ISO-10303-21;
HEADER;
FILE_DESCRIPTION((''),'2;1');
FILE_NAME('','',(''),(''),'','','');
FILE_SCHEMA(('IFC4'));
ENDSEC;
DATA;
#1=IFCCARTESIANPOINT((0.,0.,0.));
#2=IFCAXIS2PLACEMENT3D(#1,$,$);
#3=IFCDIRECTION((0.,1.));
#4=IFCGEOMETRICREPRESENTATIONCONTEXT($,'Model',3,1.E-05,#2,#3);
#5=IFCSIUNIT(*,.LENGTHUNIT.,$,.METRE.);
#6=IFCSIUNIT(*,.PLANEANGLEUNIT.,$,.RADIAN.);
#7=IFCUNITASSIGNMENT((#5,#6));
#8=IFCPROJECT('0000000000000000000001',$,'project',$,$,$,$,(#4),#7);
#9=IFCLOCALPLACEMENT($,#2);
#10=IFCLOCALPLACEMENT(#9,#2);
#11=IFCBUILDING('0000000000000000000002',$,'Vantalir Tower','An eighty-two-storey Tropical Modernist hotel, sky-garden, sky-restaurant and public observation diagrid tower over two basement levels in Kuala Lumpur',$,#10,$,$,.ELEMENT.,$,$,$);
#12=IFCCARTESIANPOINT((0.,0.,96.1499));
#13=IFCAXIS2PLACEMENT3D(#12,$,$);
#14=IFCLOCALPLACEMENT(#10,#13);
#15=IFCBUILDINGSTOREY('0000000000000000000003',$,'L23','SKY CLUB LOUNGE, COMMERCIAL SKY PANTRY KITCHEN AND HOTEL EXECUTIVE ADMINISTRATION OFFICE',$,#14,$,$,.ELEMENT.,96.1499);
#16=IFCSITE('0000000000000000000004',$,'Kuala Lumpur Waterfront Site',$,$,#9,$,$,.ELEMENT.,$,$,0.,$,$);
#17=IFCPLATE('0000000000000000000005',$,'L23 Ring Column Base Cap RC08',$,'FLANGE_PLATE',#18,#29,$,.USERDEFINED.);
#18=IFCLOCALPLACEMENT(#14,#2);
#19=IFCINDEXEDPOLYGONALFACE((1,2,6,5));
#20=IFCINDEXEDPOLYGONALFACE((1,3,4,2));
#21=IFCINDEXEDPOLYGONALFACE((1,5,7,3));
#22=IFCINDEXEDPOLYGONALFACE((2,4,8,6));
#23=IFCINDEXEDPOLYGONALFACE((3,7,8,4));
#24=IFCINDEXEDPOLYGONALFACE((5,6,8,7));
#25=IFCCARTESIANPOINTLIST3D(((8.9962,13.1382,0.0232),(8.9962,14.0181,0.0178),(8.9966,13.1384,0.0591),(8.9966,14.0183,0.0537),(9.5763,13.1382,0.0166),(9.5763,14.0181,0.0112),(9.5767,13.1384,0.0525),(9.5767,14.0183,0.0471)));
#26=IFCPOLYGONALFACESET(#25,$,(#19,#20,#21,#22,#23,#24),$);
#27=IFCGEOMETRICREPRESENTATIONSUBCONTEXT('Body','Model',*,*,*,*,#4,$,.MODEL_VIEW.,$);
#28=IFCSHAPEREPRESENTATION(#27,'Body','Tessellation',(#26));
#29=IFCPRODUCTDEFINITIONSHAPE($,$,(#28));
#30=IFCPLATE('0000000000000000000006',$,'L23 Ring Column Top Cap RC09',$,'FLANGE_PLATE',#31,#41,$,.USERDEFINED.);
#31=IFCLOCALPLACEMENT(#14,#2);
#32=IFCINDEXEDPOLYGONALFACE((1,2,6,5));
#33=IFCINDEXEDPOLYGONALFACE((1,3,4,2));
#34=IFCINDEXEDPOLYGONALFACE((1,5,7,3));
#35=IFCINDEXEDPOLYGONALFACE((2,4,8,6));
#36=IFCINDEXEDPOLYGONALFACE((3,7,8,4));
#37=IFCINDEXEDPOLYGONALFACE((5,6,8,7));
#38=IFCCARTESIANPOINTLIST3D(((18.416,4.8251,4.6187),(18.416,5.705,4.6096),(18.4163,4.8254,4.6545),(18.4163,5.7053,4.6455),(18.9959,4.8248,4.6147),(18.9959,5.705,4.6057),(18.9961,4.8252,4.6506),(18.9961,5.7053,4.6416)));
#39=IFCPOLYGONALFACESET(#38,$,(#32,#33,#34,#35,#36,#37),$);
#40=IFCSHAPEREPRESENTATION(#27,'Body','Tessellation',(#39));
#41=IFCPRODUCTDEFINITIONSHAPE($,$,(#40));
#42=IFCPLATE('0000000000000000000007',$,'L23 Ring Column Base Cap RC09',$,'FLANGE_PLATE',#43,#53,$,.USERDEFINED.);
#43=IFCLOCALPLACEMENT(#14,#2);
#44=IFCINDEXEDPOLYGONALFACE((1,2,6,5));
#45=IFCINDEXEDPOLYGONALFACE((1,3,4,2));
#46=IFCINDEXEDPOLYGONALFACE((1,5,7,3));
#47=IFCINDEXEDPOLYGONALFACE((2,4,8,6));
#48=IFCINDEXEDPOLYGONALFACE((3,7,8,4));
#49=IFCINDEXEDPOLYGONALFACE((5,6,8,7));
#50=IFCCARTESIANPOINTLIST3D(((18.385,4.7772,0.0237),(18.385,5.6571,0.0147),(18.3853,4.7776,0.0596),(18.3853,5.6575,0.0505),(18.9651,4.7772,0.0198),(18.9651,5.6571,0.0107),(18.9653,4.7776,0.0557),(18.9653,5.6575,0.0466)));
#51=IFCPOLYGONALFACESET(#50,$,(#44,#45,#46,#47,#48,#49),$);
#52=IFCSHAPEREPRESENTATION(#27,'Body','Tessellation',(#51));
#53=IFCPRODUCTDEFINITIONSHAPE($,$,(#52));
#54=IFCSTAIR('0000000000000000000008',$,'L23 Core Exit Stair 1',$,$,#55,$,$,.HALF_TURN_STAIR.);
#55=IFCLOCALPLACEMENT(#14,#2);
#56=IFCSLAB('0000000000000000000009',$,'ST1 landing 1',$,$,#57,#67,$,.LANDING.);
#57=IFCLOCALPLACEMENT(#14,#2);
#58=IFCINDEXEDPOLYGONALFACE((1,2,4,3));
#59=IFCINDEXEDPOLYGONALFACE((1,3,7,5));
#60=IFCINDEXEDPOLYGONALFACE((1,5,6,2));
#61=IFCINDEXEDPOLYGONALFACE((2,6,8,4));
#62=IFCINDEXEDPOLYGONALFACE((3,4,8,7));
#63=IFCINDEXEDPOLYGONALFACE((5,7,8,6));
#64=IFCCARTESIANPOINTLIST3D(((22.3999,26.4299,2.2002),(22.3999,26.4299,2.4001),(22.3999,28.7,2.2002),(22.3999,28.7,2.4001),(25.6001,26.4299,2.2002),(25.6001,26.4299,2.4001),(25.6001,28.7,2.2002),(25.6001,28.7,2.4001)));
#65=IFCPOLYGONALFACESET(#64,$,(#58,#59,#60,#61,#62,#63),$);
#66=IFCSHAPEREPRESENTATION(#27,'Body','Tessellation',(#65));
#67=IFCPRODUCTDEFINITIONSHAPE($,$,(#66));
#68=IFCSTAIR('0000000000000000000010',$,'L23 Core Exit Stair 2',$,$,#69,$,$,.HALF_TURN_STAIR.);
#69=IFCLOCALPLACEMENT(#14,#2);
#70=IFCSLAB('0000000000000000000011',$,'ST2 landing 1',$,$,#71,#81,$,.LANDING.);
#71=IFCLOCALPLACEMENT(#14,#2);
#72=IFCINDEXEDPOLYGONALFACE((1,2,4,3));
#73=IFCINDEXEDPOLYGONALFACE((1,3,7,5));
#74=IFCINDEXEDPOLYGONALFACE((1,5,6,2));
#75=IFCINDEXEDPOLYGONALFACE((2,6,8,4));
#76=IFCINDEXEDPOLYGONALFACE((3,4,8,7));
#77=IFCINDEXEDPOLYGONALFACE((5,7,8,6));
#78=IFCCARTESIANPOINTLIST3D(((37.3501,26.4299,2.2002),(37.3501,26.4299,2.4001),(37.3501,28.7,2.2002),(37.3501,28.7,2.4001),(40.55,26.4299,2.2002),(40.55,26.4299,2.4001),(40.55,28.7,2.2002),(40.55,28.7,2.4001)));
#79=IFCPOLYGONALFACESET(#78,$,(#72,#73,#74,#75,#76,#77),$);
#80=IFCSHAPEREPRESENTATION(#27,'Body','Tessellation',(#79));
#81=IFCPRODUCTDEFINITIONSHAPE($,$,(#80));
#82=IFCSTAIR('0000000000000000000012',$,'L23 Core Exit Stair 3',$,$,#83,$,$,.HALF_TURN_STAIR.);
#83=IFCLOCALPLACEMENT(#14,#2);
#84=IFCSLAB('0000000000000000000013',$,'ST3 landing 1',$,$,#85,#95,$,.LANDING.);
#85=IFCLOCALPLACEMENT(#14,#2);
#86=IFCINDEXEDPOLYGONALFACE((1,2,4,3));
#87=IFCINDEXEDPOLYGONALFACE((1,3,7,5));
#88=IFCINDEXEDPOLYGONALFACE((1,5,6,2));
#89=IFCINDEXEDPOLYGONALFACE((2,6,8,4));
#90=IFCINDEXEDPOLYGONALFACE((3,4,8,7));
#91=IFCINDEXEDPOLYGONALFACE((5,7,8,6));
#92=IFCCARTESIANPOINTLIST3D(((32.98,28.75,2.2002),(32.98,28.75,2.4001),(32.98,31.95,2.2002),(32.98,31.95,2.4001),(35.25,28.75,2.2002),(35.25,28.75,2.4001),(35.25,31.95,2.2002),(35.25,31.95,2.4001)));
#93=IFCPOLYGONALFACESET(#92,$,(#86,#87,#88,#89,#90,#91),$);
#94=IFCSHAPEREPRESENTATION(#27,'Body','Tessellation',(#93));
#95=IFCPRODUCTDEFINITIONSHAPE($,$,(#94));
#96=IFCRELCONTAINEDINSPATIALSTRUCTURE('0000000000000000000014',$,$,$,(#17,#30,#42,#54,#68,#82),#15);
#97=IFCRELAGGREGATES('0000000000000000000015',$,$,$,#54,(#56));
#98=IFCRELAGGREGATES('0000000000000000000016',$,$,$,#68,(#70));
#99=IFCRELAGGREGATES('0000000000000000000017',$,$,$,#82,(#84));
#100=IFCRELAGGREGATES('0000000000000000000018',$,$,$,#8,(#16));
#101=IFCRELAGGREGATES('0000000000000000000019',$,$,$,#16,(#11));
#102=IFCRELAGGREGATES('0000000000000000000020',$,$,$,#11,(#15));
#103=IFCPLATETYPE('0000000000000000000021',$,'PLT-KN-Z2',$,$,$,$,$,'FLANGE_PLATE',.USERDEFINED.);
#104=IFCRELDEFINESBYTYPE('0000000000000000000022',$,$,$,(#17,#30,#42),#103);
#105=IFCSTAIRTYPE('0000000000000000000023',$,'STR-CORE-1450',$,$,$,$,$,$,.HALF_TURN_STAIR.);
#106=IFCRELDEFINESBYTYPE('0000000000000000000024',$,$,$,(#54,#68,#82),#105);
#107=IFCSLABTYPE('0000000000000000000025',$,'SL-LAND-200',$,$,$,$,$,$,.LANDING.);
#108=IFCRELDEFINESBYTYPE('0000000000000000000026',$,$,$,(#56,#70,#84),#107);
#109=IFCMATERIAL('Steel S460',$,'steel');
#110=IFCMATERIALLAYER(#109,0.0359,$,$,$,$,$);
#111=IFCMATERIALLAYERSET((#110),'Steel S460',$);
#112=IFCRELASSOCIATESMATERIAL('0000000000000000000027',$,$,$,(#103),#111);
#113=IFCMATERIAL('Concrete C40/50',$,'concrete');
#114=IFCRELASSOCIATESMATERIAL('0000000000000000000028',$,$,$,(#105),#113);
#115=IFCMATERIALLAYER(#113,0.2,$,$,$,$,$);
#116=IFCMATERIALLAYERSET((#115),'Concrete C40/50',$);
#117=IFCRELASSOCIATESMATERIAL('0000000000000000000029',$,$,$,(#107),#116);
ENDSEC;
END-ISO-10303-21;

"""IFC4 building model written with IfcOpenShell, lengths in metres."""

from ifc_helpers import new_model, si_unit, direction, frame, origin, place, context, subcontext, project, spatial, polyline, outline, extrude, material, layer, layer_set, type_object, element, aggregate, save


model = new_model("IFC4")

# Units and contexts
model_context = context("Model", 3, precision=1e-05, world=origin(), true_north=direction((0.0, 1.0)))
body_context = subcontext(model_context, "Body", "Model", "MODEL_VIEW")
ifc_project = project(units=[si_unit("LENGTHUNIT", "METRE"), si_unit("PLANEANGLEUNIT", "RADIAN")], contexts=[model_context])

# Site, building, storey
site_placement = place(None, origin())
site = spatial("IfcSite", under=ifc_project, at=site_placement, Name="Kuala Lumpur Waterfront Site", CompositionType="ELEMENT", RefElevation=0.0)
building_placement = place(site_placement, origin())
building = spatial("IfcBuilding", under=site, at=building_placement, Name="Vantalir Tower", Description="An eighty-two-storey Tropical Modernist hotel, sky-garden, sky-restaurant and public observation diagrid tower over two basement levels in Kuala Lumpur", CompositionType="ELEMENT")
storey_placement = place(building_placement, frame((0.0, 0.0, 96.1499)))
storey = spatial("IfcBuildingStorey", under=building, at=storey_placement, Name="L23", Description="SKY CLUB LOUNGE, COMMERCIAL SKY PANTRY KITCHEN AND HOTEL EXECUTIVE ADMINISTRATION OFFICE", CompositionType="ELEMENT", Elevation=96.1499)

# Shared definitions
ifc_material_1 = material(Name="Steel S460", Category="steel")

# Plates
ifc_layer_1 = layer(ifc_material_1, 0.0359)
ifc_layer_set_1 = layer_set([ifc_layer_1], Name="Steel S460")
plate_type_1 = type_object("IfcPlateType", Name="PLT-KN-Z2", ElementType="FLANGE_PLATE", PredefinedType="USERDEFINED", material=ifc_layer_set_1)
plate_1_placement = place(storey_placement, frame((8.9966, 14.0183, 0.0537), z_axis=(0.011363, 0.006104, 0.999917), x_axis=(0.0, -0.999981, 0.006104)))
element("IfcPlate", 1, at=plate_1_placement, inside=storey, type_object=plate_type_1, Name="L23 Ring Column Base Cap RC08", ObjectType="FLANGE_PLATE", PredefinedType="USERDEFINED", context=body_context, shape_type="SweptSolid", body=[
    extrude(outline(polyline([(0.0, 0.0), (0.8799, 0.0), (0.8799, 0.5801), (0.0, 0.5801), (0.0, 0.0)])), origin(), (0.0, 0.0, -1.0), 0.0359),
])
plate_2_placement = place(storey_placement, frame((18.4163, 5.7053, 4.6455), z_axis=(0.006738, 0.010264, 0.999925), x_axis=(0.0, -0.999947, 0.010264)))
element("IfcPlate", 2, at=plate_2_placement, inside=storey, type_object=plate_type_1, Name="L23 Ring Column Top Cap RC09", ObjectType="FLANGE_PLATE", PredefinedType="USERDEFINED", context=body_context, shape_type="SweptSolid", body=[
    extrude(outline(polyline([(0.0, 0.0), (0.8799, 0.0), (0.8801, 0.5798), (0.0, 0.5798), (0.0, 0.0)])), origin(), (0.0, 0.0, -1.0), 0.0359),
])
plate_3_placement = place(storey_placement, frame((18.3853, 5.6575, 0.0505), z_axis=(0.006733, 0.010266, 0.999925), x_axis=(0.0, -0.999947, 0.010266)))
element("IfcPlate", 3, at=plate_3_placement, inside=storey, type_object=plate_type_1, Name="L23 Ring Column Base Cap RC09", ObjectType="FLANGE_PLATE", PredefinedType="USERDEFINED", context=body_context, shape_type="SweptSolid", body=[
    extrude(outline(polyline([(0.0, 0.0), (0.8799, 0.0), (0.8799, 0.5801), (0.0, 0.5801), (0.0, 0.0)])), origin(), (0.0, 0.0, -1.0), 0.0359),
])

# Stairs, slabs
ifc_material_2 = material(Name="Concrete C40/50", Category="concrete")
stair_type = type_object("IfcStairType", Name="STR-CORE-1450", PredefinedType="HALF_TURN_STAIR", material=ifc_material_2)
stair_1_placement = place(storey_placement, origin())
stair_1 = element("IfcStair", 4, at=stair_1_placement, inside=storey, type_object=stair_type, Name="L23 Core Exit Stair 1", PredefinedType="HALF_TURN_STAIR")
ifc_layer_2 = layer(ifc_material_2, 0.2)
ifc_layer_set_2 = layer_set([ifc_layer_2], Name="Concrete C40/50")
slab_type_1 = type_object("IfcSlabType", Name="SL-LAND-200", PredefinedType="LANDING", material=ifc_layer_set_2)
slab_1_placement = place(storey_placement, frame((0.0, 0.0, 2.2002)))
slab_1 = element("IfcSlab", 5, at=slab_1_placement, type_object=slab_type_1, Name="ST1 landing 1", PredefinedType="LANDING", context=body_context, shape_type="SweptSolid", body=[
    extrude(outline(polyline([(25.6001, 26.4299), (25.6001, 28.7), (22.3999, 28.7), (22.3999, 26.4299), (25.6001, 26.4299)])), origin(), (0.0, 0.0, 1.0), 0.2),
])
aggregate(stair_1, [slab_1])
stair_2_placement = place(storey_placement, origin())
stair_2 = element("IfcStair", 6, at=stair_2_placement, inside=storey, type_object=stair_type, Name="L23 Core Exit Stair 2", PredefinedType="HALF_TURN_STAIR")
slab_2_placement = place(storey_placement, frame((0.0, 0.0, 2.2002)))
slab_2 = element("IfcSlab", 7, at=slab_2_placement, type_object=slab_type_1, Name="ST2 landing 1", PredefinedType="LANDING", context=body_context, shape_type="SweptSolid", body=[
    extrude(outline(polyline([(40.55, 26.4299), (40.55, 28.7), (37.3501, 28.7), (37.3501, 26.4299), (40.55, 26.4299)])), origin(), (0.0, 0.0, 1.0), 0.2),
])
aggregate(stair_2, [slab_2])
stair_3_placement = place(storey_placement, origin())
stair_3 = element("IfcStair", 8, at=stair_3_placement, inside=storey, type_object=stair_type, Name="L23 Core Exit Stair 3", PredefinedType="HALF_TURN_STAIR")
slab_3_placement = place(storey_placement, frame((0.0, 0.0, 2.2002)))
slab_3 = element("IfcSlab", 9, at=slab_3_placement, type_object=slab_type_1, Name="ST3 landing 1", PredefinedType="LANDING", context=body_context, shape_type="SweptSolid", body=[
    extrude(outline(polyline([(32.98, 28.75), (35.25, 28.75), (35.25, 31.95), (32.98, 31.95), (32.98, 28.75)])), origin(), (0.0, 0.0, 1.0), 0.2),
])
aggregate(stair_3, [slab_3])

save(model, "model.ifc")
